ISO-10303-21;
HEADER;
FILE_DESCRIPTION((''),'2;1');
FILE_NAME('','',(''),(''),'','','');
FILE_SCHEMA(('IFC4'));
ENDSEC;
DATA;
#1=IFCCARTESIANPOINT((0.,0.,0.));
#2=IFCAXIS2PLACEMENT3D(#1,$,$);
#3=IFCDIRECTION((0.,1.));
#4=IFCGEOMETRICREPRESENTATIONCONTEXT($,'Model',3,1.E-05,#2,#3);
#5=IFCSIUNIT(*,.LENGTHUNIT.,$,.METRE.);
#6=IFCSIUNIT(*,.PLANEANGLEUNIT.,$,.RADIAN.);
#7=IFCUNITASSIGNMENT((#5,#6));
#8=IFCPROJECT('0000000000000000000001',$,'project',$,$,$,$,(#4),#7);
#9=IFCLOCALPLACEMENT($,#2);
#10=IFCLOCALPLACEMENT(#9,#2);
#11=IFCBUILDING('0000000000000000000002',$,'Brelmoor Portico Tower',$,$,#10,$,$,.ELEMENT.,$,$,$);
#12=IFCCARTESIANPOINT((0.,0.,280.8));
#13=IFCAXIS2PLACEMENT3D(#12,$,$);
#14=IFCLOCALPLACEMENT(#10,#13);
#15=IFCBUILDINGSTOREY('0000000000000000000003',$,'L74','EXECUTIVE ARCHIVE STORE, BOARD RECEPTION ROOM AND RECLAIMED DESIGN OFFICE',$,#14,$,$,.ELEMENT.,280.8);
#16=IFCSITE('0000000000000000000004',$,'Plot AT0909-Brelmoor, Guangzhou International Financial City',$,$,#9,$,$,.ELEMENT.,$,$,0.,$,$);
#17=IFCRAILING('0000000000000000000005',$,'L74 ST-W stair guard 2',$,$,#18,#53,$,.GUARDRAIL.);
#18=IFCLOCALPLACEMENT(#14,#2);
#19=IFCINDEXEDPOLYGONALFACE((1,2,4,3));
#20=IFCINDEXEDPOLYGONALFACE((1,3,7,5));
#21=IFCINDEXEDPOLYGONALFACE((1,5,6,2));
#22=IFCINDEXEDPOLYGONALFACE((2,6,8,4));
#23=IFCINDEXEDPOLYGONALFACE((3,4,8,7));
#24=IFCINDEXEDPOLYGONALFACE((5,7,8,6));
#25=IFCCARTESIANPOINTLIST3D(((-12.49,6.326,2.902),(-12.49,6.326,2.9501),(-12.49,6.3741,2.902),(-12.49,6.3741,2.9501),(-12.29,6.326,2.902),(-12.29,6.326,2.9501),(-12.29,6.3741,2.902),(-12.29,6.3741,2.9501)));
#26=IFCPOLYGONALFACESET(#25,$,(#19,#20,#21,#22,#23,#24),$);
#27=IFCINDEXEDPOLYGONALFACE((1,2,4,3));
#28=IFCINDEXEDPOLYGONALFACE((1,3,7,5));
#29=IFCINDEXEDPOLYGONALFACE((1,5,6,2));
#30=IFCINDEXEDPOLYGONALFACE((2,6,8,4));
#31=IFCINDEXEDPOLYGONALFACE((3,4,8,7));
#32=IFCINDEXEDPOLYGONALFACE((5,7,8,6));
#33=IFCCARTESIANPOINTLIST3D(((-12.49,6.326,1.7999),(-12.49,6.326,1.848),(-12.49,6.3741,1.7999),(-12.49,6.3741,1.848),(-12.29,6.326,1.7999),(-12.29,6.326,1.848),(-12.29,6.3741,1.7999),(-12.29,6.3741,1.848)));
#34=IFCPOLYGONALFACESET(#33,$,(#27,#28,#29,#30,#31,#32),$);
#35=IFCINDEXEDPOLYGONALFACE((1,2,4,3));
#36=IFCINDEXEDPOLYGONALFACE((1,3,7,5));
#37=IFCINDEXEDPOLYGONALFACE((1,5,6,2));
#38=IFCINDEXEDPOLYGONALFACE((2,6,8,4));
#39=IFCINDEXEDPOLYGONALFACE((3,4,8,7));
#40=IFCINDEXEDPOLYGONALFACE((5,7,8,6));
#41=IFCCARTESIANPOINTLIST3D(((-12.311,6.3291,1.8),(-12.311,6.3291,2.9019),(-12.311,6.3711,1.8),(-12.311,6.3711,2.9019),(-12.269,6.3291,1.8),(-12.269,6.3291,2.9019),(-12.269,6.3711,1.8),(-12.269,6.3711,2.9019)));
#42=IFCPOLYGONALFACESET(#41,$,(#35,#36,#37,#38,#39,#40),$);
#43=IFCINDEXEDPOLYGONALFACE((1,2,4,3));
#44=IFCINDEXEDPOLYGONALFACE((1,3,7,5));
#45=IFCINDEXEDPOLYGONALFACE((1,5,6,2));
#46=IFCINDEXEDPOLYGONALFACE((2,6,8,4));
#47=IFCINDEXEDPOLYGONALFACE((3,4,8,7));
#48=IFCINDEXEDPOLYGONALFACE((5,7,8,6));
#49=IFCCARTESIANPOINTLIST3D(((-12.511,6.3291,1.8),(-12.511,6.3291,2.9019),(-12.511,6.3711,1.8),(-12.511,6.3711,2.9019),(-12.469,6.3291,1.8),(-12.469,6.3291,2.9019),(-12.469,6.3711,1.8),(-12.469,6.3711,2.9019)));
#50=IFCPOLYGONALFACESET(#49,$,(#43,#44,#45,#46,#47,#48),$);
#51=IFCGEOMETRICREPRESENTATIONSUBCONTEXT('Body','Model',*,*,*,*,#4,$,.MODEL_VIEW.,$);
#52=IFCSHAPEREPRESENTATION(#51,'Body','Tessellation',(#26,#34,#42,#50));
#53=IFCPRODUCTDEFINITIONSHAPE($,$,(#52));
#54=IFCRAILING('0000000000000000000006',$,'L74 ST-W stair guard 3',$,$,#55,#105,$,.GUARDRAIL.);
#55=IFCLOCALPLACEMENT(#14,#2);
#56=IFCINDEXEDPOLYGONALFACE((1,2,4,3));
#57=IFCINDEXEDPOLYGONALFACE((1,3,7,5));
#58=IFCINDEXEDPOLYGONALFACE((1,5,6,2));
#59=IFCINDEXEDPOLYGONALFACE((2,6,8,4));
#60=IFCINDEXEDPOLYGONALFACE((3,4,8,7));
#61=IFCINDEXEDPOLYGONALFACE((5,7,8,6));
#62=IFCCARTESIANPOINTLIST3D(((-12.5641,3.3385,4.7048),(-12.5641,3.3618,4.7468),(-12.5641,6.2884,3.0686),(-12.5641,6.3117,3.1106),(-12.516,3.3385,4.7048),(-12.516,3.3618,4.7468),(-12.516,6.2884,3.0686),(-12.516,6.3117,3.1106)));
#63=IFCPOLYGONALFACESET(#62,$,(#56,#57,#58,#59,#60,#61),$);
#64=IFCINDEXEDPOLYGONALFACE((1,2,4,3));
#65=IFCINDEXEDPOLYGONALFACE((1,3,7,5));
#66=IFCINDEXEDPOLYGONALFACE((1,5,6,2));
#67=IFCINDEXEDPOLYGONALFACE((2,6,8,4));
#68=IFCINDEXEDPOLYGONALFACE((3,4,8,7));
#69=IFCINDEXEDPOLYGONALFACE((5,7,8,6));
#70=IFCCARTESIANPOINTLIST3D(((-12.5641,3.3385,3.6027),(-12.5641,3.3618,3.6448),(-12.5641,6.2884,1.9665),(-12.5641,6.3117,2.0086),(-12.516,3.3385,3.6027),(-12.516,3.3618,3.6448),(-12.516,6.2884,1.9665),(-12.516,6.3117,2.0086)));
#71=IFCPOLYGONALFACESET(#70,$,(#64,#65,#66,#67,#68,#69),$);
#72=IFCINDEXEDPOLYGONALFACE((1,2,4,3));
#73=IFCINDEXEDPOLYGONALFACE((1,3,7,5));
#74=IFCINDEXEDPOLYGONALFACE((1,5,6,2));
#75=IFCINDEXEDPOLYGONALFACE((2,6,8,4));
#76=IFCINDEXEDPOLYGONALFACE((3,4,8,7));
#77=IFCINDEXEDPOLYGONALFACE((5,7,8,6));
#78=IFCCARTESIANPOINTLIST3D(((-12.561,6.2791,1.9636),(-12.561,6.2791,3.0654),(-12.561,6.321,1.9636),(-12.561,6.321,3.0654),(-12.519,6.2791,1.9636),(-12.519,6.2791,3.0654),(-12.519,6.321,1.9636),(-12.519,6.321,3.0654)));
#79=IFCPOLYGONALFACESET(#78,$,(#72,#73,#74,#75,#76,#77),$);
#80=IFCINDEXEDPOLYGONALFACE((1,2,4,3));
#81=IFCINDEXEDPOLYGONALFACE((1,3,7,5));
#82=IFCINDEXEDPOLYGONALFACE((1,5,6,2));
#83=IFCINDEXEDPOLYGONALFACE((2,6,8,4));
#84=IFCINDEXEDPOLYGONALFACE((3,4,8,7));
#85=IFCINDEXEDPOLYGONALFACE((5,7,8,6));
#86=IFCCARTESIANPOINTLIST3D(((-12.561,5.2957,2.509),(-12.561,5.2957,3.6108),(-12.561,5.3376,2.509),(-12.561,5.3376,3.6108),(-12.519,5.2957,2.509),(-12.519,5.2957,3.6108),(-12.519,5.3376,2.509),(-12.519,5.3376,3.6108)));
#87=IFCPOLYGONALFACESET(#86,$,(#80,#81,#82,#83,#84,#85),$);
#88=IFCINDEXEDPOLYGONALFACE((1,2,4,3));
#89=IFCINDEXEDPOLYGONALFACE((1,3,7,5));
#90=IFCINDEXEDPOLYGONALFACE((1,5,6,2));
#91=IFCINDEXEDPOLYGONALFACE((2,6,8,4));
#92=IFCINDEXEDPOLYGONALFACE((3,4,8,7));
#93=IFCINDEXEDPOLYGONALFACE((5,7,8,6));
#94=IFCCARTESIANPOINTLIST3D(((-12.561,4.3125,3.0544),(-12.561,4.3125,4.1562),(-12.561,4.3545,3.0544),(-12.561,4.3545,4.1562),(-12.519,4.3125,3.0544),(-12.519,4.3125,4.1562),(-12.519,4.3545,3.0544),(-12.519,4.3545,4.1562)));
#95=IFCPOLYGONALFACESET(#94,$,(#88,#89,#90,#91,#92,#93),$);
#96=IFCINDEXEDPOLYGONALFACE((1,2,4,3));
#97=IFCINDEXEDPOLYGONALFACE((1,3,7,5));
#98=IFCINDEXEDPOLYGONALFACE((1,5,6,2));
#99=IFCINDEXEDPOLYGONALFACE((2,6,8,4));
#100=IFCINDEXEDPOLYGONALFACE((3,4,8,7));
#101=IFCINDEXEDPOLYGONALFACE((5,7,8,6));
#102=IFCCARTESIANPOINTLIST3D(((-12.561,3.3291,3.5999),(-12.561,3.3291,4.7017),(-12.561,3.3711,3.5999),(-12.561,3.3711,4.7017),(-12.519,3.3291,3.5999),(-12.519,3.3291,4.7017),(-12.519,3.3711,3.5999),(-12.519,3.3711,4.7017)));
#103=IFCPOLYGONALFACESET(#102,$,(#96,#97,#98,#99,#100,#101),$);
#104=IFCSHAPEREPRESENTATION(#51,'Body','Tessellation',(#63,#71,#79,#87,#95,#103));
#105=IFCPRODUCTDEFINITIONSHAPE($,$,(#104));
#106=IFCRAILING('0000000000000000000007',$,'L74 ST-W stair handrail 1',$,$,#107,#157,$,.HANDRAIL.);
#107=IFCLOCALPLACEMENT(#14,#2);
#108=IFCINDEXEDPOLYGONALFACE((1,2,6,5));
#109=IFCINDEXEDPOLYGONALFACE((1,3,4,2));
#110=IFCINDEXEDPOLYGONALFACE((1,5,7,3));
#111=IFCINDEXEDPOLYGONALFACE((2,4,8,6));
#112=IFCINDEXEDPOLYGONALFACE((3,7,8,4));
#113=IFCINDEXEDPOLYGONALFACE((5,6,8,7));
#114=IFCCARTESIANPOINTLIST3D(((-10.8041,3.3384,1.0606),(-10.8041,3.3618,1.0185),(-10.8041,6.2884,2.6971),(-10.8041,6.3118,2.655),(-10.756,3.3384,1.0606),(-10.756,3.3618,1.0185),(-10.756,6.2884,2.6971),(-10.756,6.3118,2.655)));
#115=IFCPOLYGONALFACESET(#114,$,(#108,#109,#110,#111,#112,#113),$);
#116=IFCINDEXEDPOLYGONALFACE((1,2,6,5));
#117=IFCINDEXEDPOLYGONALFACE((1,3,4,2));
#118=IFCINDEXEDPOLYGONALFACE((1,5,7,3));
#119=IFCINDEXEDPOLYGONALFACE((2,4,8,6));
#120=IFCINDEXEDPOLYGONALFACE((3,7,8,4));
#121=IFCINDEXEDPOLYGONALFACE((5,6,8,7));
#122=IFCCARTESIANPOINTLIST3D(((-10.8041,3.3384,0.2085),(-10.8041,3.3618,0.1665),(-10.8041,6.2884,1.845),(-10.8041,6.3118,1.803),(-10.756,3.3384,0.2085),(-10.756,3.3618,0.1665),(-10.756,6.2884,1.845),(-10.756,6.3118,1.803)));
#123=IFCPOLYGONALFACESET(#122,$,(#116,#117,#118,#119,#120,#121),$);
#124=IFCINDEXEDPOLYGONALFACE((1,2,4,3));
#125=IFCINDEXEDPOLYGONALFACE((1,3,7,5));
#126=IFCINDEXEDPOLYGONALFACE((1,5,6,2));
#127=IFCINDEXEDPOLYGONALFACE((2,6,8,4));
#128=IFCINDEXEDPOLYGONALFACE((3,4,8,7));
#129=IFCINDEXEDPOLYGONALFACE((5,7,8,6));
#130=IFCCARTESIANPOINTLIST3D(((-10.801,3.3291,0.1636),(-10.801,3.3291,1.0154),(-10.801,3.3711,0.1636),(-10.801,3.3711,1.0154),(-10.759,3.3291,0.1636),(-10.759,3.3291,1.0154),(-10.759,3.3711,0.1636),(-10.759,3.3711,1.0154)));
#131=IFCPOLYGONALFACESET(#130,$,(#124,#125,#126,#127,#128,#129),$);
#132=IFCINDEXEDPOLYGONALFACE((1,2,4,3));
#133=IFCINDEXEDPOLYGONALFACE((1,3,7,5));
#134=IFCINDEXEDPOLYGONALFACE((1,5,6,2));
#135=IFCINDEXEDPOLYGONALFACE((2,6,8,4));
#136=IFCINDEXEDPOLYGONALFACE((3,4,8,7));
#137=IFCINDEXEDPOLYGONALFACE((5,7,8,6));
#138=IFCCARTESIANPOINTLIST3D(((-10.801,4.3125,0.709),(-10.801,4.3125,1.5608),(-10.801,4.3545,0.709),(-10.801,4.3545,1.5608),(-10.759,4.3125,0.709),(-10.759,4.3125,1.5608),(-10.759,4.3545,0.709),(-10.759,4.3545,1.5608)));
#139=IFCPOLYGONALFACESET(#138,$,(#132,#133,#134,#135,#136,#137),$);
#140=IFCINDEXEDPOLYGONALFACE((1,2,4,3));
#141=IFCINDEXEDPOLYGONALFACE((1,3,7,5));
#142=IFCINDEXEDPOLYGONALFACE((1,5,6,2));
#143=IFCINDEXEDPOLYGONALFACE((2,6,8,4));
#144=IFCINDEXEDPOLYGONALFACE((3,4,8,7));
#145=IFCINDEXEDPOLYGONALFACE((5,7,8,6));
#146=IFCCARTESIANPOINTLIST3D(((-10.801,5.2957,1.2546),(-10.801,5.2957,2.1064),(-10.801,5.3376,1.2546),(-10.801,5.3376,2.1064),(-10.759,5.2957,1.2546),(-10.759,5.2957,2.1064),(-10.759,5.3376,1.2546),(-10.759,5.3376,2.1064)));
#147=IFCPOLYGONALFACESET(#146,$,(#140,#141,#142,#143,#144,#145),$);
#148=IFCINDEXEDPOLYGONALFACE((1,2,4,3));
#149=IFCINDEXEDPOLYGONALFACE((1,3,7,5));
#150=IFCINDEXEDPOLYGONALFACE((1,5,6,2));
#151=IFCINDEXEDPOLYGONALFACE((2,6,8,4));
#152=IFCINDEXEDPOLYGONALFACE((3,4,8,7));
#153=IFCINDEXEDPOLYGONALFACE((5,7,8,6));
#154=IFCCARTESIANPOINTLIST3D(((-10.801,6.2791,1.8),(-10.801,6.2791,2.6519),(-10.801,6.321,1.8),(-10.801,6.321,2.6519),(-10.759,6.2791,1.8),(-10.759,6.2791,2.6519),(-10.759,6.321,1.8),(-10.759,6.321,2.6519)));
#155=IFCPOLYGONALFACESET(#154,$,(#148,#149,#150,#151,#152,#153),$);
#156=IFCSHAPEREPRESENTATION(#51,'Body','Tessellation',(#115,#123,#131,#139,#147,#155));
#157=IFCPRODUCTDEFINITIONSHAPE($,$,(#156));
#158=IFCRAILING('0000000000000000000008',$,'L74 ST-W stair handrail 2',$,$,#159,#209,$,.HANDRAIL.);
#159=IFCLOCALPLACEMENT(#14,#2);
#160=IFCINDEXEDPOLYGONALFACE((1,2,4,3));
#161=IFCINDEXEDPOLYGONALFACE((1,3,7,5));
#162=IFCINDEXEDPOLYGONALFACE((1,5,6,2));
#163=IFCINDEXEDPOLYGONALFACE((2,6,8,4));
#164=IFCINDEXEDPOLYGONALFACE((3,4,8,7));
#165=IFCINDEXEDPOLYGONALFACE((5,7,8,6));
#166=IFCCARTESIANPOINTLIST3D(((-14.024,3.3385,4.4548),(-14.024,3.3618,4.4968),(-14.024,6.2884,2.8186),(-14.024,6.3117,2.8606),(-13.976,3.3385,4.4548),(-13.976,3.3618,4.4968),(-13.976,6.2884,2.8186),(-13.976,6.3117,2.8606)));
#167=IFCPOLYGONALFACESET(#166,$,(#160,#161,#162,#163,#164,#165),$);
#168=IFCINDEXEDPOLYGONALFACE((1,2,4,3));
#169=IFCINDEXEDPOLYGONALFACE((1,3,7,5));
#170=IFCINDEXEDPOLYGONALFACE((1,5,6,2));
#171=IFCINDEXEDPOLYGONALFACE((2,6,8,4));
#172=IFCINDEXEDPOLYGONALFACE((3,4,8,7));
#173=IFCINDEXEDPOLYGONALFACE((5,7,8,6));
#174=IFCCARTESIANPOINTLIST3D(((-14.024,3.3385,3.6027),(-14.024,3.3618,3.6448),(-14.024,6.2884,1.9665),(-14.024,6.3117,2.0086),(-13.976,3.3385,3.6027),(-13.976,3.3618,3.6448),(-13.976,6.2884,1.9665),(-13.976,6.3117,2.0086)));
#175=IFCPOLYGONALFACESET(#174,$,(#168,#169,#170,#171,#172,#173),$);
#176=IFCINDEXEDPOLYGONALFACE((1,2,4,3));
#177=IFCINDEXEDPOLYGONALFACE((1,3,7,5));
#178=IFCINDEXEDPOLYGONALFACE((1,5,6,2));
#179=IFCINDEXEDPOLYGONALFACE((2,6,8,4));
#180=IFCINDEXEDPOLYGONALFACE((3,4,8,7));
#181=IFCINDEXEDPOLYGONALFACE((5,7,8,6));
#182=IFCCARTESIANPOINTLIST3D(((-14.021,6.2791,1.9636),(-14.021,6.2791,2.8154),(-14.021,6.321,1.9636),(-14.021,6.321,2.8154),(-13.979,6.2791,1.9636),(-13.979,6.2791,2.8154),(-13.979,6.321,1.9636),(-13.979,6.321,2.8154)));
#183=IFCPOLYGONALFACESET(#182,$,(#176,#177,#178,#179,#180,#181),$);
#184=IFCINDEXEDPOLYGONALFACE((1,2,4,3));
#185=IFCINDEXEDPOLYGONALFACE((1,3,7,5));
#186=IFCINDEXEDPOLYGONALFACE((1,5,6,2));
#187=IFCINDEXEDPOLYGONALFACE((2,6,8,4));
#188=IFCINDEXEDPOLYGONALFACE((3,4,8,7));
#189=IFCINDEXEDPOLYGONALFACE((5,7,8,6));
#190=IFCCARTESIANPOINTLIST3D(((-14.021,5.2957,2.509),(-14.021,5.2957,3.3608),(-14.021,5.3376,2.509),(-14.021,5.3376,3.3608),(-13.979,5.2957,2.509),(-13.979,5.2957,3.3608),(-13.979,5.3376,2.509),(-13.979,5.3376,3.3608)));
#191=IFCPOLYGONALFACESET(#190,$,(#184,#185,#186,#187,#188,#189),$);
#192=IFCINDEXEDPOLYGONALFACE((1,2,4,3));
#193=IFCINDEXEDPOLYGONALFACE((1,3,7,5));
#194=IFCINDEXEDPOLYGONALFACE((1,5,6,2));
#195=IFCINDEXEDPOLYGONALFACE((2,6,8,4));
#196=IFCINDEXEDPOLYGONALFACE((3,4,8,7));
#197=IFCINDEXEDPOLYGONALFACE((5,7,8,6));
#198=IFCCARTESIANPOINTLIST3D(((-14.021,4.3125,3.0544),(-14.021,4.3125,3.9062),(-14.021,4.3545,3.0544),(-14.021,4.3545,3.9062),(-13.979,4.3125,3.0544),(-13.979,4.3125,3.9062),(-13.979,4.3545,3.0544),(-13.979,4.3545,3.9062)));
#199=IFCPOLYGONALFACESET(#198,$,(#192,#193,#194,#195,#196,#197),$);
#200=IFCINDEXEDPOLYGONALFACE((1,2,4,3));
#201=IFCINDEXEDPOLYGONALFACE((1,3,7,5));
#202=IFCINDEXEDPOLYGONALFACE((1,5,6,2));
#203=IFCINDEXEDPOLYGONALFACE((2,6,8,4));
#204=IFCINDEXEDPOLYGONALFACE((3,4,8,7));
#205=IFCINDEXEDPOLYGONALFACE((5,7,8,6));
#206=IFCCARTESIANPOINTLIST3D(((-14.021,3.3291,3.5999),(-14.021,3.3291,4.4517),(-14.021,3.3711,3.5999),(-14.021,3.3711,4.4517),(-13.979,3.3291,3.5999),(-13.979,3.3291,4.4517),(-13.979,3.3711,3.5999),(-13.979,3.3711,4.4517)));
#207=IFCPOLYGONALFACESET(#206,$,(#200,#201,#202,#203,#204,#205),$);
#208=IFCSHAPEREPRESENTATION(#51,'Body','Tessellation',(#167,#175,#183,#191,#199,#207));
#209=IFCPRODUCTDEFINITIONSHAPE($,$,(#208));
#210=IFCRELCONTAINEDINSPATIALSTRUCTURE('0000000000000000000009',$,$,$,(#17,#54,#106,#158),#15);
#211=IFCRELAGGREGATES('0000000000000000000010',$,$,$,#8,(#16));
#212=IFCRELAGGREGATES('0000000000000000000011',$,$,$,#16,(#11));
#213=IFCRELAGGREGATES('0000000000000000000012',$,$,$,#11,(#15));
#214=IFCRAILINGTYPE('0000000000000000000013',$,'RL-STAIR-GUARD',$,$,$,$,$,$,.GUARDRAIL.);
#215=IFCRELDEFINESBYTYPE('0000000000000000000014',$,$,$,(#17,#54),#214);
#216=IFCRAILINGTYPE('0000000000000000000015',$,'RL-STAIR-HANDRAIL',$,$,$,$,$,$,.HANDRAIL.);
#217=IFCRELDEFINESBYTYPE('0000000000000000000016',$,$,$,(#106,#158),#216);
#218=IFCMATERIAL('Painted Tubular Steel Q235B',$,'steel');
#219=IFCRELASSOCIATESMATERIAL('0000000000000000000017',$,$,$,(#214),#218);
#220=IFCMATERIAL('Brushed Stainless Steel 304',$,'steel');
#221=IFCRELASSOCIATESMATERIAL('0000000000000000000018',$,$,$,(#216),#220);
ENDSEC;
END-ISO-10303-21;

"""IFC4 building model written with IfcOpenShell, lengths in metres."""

from ifc_helpers import new_model, si_unit, direction, frame, origin, origin_2d, place, context, subcontext, project, spatial, rectangle, extrude, material, type_object, element, save


model = new_model("IFC4")

# Units and contexts
model_context = context("Model", 3, precision=1e-05, world=origin(), true_north=direction((0.0, 1.0)))
body_context = subcontext(model_context, "Body", "Model", "MODEL_VIEW")
ifc_project = project(units=[si_unit("LENGTHUNIT", "METRE"), si_unit("PLANEANGLEUNIT", "RADIAN")], contexts=[model_context])

# Site, building, storey
site_placement = place(None, origin())
site = spatial("IfcSite", under=ifc_project, at=site_placement, Name="Plot AT0909-Brelmoor, Guangzhou International Financial City", CompositionType="ELEMENT", RefElevation=0.0)
building_placement = place(site_placement, origin())
building = spatial("IfcBuilding", under=site, at=building_placement, Name="Brelmoor Portico Tower", CompositionType="ELEMENT")
storey_placement = place(building_placement, frame((0.0, 0.0, 280.8)))
storey = spatial("IfcBuildingStorey", under=building, at=storey_placement, Name="L74", Description="EXECUTIVE ARCHIVE STORE, BOARD RECEPTION ROOM AND RECLAIMED DESIGN OFFICE", CompositionType="ELEMENT", Elevation=280.8)

# Railings
ifc_material_1 = material(Name="Painted Tubular Steel Q235B", Category="steel")
railing_type_1 = type_object("IfcRailingType", Name="RL-STAIR-GUARD", PredefinedType="GUARDRAIL", material=ifc_material_1)
railing_1_placement = place(storey_placement, frame((-12.29, 6.3501, 1.8)))
element("IfcRailing", 1, at=railing_1_placement, inside=storey, type_object=railing_type_1, Name="L74 ST-W stair guard 2", PredefinedType="GUARDRAIL", context=body_context, shape_type="SweptSolid", body=[
    extrude(rectangle(XDim=0.0481, YDim=0.0481, at=origin_2d()), frame((0.0, 0.0, 1.126), z_axis=(-1.0, 0.0, 0.0), x_axis=(0.0, -1.0, 0.0)), (0.0, 0.0, 1.0), 0.2),
    extrude(rectangle(XDim=0.0481, YDim=0.0481, at=origin_2d()), frame((0.0, 0.0, 0.0239), z_axis=(-1.0, 0.0, 0.0), x_axis=(0.0, -1.0, 0.0)), (0.0, 0.0, 1.0), 0.2),
    extrude(rectangle(XDim=0.042, YDim=0.042, at=origin_2d()), origin(), (0.0, 0.0, 1.0), 1.1018),
    extrude(rectangle(XDim=0.042, YDim=0.042, at=origin_2d()), frame((-0.2, 0.0, 0.0)), (0.0, 0.0, 1.0), 1.1018),
])
railing_2_placement = place(storey_placement, frame((-12.54, 6.3, 1.9636)))
element("IfcRailing", 2, at=railing_2_placement, inside=storey, type_object=railing_type_1, Name="L74 ST-W stair guard 3", PredefinedType="GUARDRAIL", context=body_context, shape_type="SweptSolid", body=[
    extrude(rectangle(XDim=0.0481, YDim=0.0481, at=origin_2d()), frame((0.0, 0.0, 1.126), z_axis=(0.0, -0.874488, 0.485047), x_axis=(1.0, 0.0, 0.0)), (0.0, 0.0, 1.0), 3.3733),
    extrude(rectangle(XDim=0.0481, YDim=0.0481, at=origin_2d()), frame((0.0, 0.0, 0.0239), z_axis=(0.0, -0.874488, 0.485047), x_axis=(1.0, 0.0, 0.0)), (0.0, 0.0, 1.0), 3.3733),
    extrude(rectangle(XDim=0.042, YDim=0.042, at=origin_2d()), origin(), (0.0, 0.0, 1.0), 1.1018),
    extrude(rectangle(XDim=0.042, YDim=0.042, at=origin_2d()), frame((0.0, -0.9834, 0.5454)), (0.0, 0.0, 1.0), 1.1018),
    extrude(rectangle(XDim=0.042, YDim=0.042, at=origin_2d()), frame((0.0, -1.9666, 1.0908)), (0.0, 0.0, 1.0), 1.1018),
    extrude(rectangle(XDim=0.042, YDim=0.042, at=origin_2d()), frame((0.0, -2.95, 1.6362)), (0.0, 0.0, 1.0), 1.1018),
])
ifc_material_2 = material(Name="Brushed Stainless Steel 304", Category="steel")
railing_type_2 = type_object("IfcRailingType", Name="RL-STAIR-HANDRAIL", PredefinedType="HANDRAIL", material=ifc_material_2)
railing_3_placement = place(storey_placement, frame((-10.78, 3.3501, 0.1636)))
element("IfcRailing", 3, at=railing_3_placement, inside=storey, type_object=railing_type_2, Name="L74 ST-W stair handrail 1", PredefinedType="HANDRAIL", context=body_context, shape_type="SweptSolid", body=[
    extrude(rectangle(XDim=0.0481, YDim=0.0481, at=origin_2d()), frame((0.0, 0.0, 0.876), z_axis=(0.0, 0.874458, 0.485102), x_axis=(-1.0, 0.0, 0.0)), (0.0, 0.0, 1.0), 3.3735),
    extrude(rectangle(XDim=0.0481, YDim=0.0481, at=origin_2d()), frame((0.0, 0.0, 0.0239), z_axis=(0.0, 0.874458, 0.485102), x_axis=(-1.0, 0.0, 0.0)), (0.0, 0.0, 1.0), 3.3735),
    extrude(rectangle(XDim=0.042, YDim=0.042, at=origin_2d()), origin(), (0.0, 0.0, 1.0), 0.8518),
    extrude(rectangle(XDim=0.042, YDim=0.042, at=origin_2d()), frame((0.0, 0.9834, 0.5454)), (0.0, 0.0, 1.0), 0.8518),
    extrude(rectangle(XDim=0.042, YDim=0.042, at=origin_2d()), frame((0.0, 1.9666, 1.0911)), (0.0, 0.0, 1.0), 0.8518),
    extrude(rectangle(XDim=0.042, YDim=0.042, at=origin_2d()), frame((0.0, 2.95, 1.6365)), (0.0, 0.0, 1.0), 0.8518),
])
railing_4_placement = place(storey_placement, frame((-14.0, 6.3, 1.9636)))
element("IfcRailing", 4, at=railing_4_placement, inside=storey, type_object=railing_type_2, Name="L74 ST-W stair handrail 2", PredefinedType="HANDRAIL", context=body_context, shape_type="SweptSolid", body=[
    extrude(rectangle(XDim=0.0481, YDim=0.0481, at=origin_2d()), frame((0.0, 0.0, 0.876), z_axis=(0.0, -0.874488, 0.485047), x_axis=(1.0, 0.0, 0.0)), (0.0, 0.0, 1.0), 3.3733),
    extrude(rectangle(XDim=0.0481, YDim=0.0481, at=origin_2d()), frame((0.0, 0.0, 0.0239), z_axis=(0.0, -0.874488, 0.485047), x_axis=(1.0, 0.0, 0.0)), (0.0, 0.0, 1.0), 3.3733),
    extrude(rectangle(XDim=0.042, YDim=0.042, at=origin_2d()), origin(), (0.0, 0.0, 1.0), 0.8518),
    extrude(rectangle(XDim=0.042, YDim=0.042, at=origin_2d()), frame((0.0, -0.9834, 0.5454)), (0.0, 0.0, 1.0), 0.8518),
    extrude(rectangle(XDim=0.042, YDim=0.042, at=origin_2d()), frame((0.0, -1.9666, 1.0908)), (0.0, 0.0, 1.0), 0.8518),
    extrude(rectangle(XDim=0.042, YDim=0.042, at=origin_2d()), frame((0.0, -2.95, 1.6362)), (0.0, 0.0, 1.0), 0.8518),
])

save(model, "model.ifc")
